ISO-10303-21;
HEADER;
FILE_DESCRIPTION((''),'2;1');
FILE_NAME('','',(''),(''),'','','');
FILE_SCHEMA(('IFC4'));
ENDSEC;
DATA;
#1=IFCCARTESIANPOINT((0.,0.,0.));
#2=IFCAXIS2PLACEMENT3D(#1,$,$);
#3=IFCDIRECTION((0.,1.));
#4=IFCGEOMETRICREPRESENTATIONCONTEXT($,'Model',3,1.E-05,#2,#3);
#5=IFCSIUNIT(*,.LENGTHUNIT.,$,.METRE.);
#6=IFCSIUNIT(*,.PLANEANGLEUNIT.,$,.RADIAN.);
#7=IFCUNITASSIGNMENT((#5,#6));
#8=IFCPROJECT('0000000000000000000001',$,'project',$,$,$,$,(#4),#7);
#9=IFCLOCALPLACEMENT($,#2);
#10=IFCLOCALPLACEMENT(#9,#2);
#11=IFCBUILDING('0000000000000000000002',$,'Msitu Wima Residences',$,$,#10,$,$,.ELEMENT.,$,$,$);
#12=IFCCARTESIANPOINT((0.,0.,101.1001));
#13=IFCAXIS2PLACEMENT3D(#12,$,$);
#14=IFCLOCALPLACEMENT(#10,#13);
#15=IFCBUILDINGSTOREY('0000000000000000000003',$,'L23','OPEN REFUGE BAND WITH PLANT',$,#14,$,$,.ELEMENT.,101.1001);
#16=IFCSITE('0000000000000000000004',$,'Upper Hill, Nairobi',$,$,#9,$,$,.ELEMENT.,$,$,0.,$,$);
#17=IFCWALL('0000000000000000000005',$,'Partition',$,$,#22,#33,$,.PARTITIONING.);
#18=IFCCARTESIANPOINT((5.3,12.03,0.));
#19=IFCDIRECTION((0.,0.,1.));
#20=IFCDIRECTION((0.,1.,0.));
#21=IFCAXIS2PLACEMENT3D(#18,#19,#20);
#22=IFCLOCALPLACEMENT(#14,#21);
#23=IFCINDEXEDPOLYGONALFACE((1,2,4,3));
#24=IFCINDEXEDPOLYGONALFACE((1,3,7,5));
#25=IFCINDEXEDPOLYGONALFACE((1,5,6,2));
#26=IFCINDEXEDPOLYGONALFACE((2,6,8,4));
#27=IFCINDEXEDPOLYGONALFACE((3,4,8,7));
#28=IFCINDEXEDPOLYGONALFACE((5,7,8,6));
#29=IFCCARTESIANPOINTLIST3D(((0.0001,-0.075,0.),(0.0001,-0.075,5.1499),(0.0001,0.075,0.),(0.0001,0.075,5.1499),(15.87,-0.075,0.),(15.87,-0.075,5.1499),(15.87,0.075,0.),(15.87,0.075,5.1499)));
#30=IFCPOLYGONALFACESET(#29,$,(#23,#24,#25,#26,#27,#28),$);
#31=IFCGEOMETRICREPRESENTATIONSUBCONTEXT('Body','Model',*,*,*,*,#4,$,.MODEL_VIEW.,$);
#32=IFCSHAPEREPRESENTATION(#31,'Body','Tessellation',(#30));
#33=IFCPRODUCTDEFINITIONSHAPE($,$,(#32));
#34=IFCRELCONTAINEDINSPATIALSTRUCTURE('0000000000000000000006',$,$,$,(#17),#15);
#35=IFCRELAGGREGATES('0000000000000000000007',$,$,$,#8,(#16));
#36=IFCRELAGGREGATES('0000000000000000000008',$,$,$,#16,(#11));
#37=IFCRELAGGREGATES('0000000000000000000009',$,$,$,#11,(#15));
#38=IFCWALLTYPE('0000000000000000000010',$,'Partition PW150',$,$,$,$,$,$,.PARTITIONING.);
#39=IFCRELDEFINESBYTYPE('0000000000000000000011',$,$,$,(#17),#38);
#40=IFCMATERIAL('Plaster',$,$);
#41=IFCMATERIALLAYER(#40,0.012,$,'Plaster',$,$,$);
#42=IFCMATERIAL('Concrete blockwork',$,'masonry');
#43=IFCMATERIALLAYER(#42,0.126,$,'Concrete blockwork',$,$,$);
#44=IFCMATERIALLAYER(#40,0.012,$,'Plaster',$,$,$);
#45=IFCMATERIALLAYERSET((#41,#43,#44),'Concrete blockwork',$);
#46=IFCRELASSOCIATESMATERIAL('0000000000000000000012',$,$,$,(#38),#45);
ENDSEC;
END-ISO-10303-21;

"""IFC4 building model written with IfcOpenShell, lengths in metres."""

from ifc_helpers import new_model, si_unit, direction, frame, frame_2d, origin, place, context, subcontext, project, spatial, rectangle, extrude, material, layer, layer_set, type_object, element, save


model = new_model("IFC4")

# Units and contexts
model_context = context("Model", 3, precision=1e-05, world=origin(), true_north=direction((0.0, 1.0)))
body_context = subcontext(model_context, "Body", "Model", "MODEL_VIEW")
ifc_project = project(units=[si_unit("LENGTHUNIT", "METRE"), si_unit("PLANEANGLEUNIT", "RADIAN")], contexts=[model_context])

# Site, building, storey
site_placement = place(None, origin())
site = spatial("IfcSite", under=ifc_project, at=site_placement, Name="Upper Hill, Nairobi", CompositionType="ELEMENT", RefElevation=0.0)
building_placement = place(site_placement, origin())
building = spatial("IfcBuilding", under=site, at=building_placement, Name="Msitu Wima Residences", CompositionType="ELEMENT")
storey_placement = place(building_placement, frame((0.0, 0.0, 101.1001)))
storey = spatial("IfcBuildingStorey", under=building, at=storey_placement, Name="L23", Description="OPEN REFUGE BAND WITH PLANT", CompositionType="ELEMENT", Elevation=101.1001)

# Wall
ifc_material_1 = material(Name="Plaster")
ifc_layer_1 = layer(ifc_material_1, 0.012, Name="Plaster")
ifc_material_2 = material(Name="Concrete blockwork", Category="masonry")
ifc_layer_2 = layer(ifc_material_2, 0.126, Name="Concrete blockwork")
ifc_layer_3 = layer(ifc_material_1, 0.012, Name="Plaster")
ifc_layer_set_1 = layer_set([ifc_layer_1, ifc_layer_2, ifc_layer_3], Name="Concrete blockwork")
wall_type_1 = type_object("IfcWallType", Name="Partition PW150", PredefinedType="PARTITIONING", material=ifc_layer_set_1)
wall_1_placement = place(storey_placement, frame((5.3, 12.03, 0.0), z_axis=(0.0, 0.0, 1.0), x_axis=(0.0, 1.0, 0.0)))
element("IfcWall", 1, at=wall_1_placement, inside=storey, type_object=wall_type_1, Name="Partition", PredefinedType="PARTITIONING", context=body_context, shape_type="SweptSolid", body=[
    extrude(rectangle(XDim=15.8699, YDim=0.1499, at=frame_2d((7.9351, 0.0))), origin(), (0.0, 0.0, 1.0), 5.1499),
])

save(model, "model.ifc")
